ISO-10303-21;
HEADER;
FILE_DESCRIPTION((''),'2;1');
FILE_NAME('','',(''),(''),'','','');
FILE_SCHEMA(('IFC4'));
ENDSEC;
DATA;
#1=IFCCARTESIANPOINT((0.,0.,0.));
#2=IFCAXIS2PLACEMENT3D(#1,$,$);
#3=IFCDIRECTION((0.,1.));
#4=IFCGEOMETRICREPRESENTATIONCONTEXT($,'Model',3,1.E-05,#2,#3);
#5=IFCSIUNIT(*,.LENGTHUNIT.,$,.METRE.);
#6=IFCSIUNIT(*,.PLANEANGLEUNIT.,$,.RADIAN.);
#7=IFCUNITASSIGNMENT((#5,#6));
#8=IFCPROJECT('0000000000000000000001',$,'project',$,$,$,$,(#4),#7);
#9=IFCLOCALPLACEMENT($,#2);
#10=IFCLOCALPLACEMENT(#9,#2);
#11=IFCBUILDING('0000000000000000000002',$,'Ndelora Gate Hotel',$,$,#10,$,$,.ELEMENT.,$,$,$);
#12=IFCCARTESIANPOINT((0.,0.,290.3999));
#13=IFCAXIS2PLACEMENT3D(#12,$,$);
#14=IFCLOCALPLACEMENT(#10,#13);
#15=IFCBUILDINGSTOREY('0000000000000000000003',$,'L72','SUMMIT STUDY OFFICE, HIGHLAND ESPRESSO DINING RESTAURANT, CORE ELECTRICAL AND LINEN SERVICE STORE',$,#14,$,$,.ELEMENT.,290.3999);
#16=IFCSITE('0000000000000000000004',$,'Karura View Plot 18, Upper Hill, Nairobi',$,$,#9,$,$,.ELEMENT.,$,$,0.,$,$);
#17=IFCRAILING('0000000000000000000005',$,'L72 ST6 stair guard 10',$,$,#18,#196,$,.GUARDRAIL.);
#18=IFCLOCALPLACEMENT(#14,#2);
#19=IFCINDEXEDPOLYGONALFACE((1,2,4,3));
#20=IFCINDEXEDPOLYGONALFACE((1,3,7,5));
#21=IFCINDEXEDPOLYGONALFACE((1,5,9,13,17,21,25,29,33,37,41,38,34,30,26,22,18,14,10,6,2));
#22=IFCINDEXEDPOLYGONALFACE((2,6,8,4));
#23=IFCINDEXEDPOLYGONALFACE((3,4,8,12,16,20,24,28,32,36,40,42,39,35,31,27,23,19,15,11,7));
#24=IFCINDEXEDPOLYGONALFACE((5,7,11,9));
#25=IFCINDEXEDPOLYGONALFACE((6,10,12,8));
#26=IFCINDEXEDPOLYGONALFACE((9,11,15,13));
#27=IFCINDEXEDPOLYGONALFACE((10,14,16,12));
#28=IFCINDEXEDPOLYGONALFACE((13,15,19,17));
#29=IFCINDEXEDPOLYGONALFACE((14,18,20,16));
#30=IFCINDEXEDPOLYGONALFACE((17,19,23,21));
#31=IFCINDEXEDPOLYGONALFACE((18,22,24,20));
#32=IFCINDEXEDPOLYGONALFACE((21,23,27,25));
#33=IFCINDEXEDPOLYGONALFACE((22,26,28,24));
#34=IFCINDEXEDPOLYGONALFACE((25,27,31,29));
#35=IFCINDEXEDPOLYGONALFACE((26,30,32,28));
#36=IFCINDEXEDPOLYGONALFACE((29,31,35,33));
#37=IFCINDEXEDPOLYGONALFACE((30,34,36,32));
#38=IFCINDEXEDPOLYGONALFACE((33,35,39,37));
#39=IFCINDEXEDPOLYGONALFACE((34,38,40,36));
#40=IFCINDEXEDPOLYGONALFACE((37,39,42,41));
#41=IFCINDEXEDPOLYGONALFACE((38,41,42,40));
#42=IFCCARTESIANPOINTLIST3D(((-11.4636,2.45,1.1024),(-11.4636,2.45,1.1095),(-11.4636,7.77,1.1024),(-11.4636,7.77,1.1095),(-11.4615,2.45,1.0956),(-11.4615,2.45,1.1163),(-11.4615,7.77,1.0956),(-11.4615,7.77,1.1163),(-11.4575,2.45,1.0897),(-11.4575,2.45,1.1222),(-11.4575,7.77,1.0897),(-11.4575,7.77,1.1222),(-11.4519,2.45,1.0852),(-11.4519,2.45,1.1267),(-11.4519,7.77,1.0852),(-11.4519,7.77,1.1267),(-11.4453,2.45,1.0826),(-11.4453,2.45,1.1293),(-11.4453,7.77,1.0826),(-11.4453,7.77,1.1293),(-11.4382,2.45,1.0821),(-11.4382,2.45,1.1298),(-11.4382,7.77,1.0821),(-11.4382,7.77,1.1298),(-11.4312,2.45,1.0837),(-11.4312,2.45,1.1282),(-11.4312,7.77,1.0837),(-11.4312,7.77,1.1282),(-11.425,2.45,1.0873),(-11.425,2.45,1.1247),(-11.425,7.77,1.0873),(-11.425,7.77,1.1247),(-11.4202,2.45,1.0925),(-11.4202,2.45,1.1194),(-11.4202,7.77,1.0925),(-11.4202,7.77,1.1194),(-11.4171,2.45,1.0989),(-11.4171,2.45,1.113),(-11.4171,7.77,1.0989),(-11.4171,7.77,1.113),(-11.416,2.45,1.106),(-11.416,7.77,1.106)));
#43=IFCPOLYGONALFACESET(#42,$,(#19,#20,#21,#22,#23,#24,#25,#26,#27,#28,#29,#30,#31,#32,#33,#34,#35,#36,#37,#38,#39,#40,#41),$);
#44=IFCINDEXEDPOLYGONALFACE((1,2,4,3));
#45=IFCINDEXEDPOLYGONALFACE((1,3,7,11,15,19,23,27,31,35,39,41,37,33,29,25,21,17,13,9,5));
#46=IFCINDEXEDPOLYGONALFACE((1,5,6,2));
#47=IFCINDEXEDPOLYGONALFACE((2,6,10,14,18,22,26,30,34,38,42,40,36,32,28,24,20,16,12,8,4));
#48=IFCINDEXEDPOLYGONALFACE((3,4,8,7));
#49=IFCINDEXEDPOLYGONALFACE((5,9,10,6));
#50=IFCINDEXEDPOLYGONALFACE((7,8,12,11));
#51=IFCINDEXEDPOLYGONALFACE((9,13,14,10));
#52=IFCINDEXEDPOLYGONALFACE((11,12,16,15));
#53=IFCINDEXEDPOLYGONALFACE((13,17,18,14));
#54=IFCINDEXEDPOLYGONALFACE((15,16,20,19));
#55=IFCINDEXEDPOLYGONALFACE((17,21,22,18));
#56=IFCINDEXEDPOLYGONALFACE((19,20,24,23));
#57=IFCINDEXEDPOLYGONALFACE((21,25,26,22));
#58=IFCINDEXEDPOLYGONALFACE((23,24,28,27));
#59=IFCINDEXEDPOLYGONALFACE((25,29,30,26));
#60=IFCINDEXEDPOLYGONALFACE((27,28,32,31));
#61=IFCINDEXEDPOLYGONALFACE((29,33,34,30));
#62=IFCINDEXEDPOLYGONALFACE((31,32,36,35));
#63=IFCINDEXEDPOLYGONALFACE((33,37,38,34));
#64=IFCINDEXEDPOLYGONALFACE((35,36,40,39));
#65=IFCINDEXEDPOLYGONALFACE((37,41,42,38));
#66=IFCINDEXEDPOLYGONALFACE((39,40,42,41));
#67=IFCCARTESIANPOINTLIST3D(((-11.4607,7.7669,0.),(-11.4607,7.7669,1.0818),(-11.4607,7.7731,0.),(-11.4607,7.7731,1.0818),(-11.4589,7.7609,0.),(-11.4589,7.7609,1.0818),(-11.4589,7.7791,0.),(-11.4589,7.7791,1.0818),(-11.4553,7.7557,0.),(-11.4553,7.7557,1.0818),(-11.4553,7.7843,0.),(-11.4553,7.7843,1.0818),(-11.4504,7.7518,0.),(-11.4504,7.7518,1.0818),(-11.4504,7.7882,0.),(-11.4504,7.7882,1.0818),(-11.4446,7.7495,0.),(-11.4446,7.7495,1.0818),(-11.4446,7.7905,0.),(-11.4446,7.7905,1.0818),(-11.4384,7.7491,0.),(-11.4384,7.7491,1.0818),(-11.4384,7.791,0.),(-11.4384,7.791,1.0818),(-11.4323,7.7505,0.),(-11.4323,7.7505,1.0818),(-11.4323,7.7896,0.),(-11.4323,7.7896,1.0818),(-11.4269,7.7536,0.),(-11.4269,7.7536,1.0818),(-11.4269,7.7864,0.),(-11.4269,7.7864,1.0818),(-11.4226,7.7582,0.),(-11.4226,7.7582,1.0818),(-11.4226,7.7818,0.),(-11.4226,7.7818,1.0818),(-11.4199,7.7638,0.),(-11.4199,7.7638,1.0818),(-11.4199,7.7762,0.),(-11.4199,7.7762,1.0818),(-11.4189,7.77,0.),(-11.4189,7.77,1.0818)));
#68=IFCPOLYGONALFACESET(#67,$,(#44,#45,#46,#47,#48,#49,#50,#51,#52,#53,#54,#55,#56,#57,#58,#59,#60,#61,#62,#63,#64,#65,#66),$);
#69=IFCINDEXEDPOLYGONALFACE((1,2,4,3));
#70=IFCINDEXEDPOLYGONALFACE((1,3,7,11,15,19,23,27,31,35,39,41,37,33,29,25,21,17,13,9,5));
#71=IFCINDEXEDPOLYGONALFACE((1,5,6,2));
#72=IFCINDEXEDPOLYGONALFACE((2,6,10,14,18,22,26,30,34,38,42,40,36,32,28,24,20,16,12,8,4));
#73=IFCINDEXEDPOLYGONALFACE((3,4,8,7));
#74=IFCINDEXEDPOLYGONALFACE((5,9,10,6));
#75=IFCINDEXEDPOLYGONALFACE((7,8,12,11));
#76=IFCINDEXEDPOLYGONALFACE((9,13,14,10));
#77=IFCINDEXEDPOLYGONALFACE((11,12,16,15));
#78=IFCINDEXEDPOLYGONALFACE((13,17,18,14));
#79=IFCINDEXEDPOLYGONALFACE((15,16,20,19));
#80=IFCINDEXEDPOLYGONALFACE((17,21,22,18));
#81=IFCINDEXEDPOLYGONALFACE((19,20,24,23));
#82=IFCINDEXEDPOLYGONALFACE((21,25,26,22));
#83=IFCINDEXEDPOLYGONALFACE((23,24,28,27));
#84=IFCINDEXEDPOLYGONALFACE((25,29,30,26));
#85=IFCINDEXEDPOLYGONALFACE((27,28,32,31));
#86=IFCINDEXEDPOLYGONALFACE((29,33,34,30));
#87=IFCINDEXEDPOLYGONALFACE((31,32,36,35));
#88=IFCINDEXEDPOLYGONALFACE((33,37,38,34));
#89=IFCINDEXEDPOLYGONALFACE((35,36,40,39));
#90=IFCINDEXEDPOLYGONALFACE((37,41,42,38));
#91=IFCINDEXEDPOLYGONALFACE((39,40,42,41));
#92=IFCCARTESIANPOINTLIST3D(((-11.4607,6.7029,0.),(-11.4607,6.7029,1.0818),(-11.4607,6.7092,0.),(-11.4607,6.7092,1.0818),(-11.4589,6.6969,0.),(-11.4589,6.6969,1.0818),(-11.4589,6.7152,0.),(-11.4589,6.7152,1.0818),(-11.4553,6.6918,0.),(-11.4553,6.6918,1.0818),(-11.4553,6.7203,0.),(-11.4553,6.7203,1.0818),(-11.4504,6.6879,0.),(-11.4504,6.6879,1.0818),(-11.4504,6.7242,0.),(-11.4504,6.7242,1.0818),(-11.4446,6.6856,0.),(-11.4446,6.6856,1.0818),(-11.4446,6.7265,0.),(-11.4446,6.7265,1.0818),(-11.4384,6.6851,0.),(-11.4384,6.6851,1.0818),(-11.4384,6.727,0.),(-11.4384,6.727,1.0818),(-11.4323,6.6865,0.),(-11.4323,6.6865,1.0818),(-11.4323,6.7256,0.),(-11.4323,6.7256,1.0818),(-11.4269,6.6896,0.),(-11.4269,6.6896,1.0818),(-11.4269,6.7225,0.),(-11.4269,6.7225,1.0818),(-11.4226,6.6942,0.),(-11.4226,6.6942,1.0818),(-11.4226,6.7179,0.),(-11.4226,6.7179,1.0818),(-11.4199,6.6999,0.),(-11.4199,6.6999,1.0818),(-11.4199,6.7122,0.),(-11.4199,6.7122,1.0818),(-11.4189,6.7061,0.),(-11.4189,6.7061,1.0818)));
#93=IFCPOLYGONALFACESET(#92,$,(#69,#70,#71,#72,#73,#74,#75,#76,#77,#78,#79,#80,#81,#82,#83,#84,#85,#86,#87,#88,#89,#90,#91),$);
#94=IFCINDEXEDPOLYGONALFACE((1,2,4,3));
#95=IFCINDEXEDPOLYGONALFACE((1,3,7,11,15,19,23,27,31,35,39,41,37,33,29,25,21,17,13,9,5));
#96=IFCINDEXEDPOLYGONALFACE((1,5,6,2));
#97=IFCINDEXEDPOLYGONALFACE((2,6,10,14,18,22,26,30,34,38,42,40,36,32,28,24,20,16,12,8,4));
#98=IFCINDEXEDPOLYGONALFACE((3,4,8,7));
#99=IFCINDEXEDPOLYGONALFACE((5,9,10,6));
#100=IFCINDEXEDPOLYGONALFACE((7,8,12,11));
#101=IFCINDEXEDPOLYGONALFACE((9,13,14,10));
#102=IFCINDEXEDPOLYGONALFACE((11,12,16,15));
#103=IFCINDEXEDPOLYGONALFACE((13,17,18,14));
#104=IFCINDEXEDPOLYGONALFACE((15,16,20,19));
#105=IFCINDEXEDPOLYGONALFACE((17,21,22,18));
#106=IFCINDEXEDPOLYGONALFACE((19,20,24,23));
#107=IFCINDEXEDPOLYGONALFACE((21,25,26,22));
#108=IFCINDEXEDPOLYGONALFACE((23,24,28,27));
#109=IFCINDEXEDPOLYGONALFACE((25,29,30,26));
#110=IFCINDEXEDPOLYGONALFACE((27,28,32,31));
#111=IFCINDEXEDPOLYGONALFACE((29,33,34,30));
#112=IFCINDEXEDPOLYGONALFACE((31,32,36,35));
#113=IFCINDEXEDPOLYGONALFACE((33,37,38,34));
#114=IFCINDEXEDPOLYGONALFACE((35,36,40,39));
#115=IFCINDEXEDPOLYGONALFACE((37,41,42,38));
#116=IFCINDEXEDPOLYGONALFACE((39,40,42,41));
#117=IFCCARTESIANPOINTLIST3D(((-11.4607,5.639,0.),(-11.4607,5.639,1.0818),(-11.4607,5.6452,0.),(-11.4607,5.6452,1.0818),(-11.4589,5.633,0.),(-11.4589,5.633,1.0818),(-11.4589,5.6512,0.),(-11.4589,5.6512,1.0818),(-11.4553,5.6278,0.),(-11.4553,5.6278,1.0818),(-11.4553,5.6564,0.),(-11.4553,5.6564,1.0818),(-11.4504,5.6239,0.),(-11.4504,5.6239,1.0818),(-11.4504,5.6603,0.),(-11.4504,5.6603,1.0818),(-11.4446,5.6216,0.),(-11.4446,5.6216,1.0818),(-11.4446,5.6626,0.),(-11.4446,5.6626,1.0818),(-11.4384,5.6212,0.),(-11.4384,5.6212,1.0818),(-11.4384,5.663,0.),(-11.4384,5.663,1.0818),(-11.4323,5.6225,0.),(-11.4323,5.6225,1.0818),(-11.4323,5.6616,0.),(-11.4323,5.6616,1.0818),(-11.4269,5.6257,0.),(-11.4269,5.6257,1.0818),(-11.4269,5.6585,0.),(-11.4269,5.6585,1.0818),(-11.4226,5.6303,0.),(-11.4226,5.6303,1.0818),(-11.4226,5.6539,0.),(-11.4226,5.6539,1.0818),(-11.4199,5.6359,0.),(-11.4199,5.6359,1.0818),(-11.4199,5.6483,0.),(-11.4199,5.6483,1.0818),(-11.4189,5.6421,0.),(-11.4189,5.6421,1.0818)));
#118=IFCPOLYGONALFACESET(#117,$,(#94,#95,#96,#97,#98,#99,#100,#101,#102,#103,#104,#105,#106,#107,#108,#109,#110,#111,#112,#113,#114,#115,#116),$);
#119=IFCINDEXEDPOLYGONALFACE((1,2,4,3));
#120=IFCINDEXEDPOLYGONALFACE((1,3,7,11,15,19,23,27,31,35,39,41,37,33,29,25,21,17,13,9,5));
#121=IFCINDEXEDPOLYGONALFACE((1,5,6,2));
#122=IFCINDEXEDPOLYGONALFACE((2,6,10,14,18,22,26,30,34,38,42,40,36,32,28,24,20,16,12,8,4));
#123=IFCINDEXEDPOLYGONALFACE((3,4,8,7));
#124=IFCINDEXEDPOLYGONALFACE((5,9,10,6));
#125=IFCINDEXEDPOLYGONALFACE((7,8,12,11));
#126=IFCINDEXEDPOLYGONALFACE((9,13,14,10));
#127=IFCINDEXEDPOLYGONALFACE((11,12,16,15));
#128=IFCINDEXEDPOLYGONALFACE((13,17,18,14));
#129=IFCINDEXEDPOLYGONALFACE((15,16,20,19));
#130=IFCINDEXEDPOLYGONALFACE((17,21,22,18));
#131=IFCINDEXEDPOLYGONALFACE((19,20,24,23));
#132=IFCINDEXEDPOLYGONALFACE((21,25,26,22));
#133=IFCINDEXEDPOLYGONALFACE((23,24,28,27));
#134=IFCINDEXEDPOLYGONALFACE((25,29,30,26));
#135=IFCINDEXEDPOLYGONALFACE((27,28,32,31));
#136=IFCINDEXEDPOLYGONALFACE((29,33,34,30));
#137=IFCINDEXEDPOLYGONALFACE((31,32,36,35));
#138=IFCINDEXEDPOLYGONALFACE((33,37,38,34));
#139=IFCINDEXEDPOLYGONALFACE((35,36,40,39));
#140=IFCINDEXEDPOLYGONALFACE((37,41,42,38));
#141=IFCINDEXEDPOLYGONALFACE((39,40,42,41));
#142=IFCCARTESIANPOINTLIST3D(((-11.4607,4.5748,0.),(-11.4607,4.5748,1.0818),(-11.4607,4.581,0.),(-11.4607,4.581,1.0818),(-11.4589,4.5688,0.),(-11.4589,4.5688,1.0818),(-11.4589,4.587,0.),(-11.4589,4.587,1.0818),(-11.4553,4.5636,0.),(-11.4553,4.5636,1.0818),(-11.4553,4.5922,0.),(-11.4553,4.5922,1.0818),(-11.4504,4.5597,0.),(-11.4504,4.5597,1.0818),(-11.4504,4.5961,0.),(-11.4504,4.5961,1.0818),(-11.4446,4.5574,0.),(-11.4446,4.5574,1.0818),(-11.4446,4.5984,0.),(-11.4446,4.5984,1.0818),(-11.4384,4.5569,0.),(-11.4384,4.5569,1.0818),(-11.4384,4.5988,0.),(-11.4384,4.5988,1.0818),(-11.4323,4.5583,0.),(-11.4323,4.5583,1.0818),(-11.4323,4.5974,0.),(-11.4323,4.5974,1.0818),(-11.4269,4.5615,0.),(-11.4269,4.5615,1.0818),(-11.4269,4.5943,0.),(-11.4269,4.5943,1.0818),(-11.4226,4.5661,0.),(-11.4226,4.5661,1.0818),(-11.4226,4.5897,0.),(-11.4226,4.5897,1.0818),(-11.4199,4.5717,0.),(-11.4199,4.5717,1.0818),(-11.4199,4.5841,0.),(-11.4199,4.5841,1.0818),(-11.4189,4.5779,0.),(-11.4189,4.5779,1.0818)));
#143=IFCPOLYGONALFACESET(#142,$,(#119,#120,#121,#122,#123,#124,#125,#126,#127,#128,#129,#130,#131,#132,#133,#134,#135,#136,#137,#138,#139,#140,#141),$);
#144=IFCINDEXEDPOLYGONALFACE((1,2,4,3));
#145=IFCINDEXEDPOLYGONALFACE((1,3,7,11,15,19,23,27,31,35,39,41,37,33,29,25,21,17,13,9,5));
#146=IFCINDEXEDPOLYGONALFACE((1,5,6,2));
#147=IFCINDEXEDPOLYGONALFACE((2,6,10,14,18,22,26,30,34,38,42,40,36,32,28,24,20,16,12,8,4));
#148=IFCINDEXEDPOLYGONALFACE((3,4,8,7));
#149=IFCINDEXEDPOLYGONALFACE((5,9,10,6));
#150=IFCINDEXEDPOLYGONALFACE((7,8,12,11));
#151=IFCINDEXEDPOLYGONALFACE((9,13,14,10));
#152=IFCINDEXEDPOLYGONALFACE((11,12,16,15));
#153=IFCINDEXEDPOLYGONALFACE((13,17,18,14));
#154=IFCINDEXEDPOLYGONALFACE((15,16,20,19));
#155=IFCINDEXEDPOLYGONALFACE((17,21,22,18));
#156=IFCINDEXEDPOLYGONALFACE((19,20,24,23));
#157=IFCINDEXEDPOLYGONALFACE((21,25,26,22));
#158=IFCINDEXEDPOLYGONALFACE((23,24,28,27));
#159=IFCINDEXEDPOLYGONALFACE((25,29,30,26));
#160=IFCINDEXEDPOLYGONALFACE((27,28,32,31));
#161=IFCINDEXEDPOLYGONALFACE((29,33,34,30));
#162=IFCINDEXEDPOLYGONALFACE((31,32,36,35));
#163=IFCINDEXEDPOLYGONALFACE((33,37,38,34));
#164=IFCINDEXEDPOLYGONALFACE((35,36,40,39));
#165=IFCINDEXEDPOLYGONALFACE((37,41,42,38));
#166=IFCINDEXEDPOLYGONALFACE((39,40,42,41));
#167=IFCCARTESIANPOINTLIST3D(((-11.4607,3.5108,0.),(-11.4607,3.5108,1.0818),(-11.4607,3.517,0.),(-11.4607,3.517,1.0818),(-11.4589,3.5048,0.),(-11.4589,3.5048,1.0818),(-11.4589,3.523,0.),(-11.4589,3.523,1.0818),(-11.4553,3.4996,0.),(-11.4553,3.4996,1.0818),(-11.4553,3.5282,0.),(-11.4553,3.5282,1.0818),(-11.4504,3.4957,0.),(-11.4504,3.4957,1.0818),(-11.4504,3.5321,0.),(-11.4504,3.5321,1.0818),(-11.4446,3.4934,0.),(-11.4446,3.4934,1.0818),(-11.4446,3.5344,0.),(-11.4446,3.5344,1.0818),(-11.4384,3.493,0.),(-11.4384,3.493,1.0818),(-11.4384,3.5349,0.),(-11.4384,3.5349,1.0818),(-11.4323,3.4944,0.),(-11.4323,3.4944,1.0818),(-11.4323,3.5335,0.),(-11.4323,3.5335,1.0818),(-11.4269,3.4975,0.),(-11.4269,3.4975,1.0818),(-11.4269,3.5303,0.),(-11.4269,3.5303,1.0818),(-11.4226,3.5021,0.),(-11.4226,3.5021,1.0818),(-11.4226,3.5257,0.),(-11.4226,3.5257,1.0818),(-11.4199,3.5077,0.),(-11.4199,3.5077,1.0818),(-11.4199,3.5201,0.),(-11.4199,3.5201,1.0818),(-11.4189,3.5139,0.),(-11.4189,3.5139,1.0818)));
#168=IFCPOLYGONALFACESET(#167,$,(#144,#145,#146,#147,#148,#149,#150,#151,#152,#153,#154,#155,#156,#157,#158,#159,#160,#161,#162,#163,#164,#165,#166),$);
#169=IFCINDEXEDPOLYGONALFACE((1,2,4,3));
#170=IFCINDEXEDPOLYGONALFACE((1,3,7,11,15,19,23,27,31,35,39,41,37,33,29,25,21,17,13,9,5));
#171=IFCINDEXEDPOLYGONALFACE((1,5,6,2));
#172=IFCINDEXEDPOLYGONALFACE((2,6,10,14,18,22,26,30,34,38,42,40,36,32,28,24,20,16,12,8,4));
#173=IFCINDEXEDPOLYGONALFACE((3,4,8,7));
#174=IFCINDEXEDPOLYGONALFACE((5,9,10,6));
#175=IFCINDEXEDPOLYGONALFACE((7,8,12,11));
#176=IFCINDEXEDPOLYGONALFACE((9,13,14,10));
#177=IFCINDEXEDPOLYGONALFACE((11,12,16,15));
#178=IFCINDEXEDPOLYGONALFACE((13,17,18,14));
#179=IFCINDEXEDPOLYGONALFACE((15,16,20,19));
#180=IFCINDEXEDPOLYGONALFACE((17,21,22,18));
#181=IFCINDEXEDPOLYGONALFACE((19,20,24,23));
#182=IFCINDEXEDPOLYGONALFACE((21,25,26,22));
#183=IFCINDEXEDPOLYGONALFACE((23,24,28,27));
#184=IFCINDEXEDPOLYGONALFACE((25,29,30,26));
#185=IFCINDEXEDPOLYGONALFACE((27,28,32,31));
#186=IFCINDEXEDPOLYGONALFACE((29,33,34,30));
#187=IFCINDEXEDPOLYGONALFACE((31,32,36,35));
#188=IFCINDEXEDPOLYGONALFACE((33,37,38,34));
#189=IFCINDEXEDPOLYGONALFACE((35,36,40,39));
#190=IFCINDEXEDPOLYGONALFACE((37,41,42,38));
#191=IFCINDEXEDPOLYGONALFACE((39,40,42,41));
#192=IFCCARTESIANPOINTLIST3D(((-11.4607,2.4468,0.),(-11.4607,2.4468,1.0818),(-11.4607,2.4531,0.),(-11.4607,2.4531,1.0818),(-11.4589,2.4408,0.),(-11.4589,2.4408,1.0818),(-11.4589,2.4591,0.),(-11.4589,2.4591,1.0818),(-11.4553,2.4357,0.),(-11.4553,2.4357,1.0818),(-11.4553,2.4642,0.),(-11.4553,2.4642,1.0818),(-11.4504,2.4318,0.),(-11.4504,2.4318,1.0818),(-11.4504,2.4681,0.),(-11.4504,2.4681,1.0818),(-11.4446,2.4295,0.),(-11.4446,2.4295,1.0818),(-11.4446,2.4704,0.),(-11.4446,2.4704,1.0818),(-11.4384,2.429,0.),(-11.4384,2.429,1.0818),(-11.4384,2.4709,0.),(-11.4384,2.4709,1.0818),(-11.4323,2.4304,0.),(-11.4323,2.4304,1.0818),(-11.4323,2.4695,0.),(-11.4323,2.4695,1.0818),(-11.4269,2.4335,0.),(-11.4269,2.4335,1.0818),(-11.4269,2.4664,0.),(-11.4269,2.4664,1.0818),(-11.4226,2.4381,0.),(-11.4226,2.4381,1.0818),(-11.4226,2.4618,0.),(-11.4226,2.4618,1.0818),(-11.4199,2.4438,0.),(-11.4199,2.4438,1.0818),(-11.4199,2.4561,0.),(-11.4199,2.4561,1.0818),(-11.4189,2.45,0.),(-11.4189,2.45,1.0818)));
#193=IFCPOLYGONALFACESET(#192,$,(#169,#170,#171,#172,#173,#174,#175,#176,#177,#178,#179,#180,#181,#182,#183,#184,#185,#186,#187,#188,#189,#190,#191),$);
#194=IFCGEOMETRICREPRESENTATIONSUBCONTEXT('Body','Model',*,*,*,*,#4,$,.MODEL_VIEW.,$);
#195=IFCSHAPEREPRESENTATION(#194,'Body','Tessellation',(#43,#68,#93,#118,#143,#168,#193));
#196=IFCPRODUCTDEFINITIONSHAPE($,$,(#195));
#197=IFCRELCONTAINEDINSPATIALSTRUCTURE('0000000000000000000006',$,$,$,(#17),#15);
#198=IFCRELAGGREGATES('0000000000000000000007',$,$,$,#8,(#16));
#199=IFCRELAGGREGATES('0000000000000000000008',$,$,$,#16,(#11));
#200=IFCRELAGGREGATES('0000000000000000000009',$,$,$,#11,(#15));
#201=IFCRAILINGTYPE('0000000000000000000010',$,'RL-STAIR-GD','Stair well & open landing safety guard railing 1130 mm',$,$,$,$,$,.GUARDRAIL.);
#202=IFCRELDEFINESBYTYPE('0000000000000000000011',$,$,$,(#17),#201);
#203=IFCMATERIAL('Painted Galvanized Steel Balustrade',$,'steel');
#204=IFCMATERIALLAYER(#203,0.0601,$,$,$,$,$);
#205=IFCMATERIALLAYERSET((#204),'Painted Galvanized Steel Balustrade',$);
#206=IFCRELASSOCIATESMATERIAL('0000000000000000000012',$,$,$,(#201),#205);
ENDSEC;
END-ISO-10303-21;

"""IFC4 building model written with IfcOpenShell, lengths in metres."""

from ifc_helpers import new_model, si_unit, direction, frame, origin, origin_2d, place, context, subcontext, project, spatial, circle, extrude, material, layer, layer_set, type_object, element, save


model = new_model("IFC4")

# Units and contexts
model_context = context("Model", 3, precision=1e-05, world=origin(), true_north=direction((0.0, 1.0)))
body_context = subcontext(model_context, "Body", "Model", "MODEL_VIEW")
ifc_project = project(units=[si_unit("LENGTHUNIT", "METRE"), si_unit("PLANEANGLEUNIT", "RADIAN")], contexts=[model_context])

# Site, building, storey
site_placement = place(None, origin())
site = spatial("IfcSite", under=ifc_project, at=site_placement, Name="Karura View Plot 18, Upper Hill, Nairobi", CompositionType="ELEMENT", RefElevation=0.0)
building_placement = place(site_placement, origin())
building = spatial("IfcBuilding", under=site, at=building_placement, Name="Ndelora Gate Hotel", CompositionType="ELEMENT")
storey_placement = place(building_placement, frame((0.0, 0.0, 290.3999)))
storey = spatial("IfcBuildingStorey", under=building, at=storey_placement, Name="L72", Description="SUMMIT STUDY OFFICE, HIGHLAND ESPRESSO DINING RESTAURANT, CORE ELECTRICAL AND LINEN SERVICE STORE", CompositionType="ELEMENT", Elevation=290.3999)

# Railing
ifc_material_1 = material(Name="Painted Galvanized Steel Balustrade", Category="steel")
ifc_layer_1 = layer(ifc_material_1, 0.0601)
ifc_layer_set_1 = layer_set([ifc_layer_1], Name="Painted Galvanized Steel Balustrade")
railing_type_1 = type_object("IfcRailingType", Name="RL-STAIR-GD", Description="Stair well & open landing safety guard railing 1130 mm", PredefinedType="GUARDRAIL", material=ifc_layer_set_1)
for number, where, name in (
    (1, (-11.4399, 7.77, 0.0), "L72 ST6 stair guard 10"),
):
    element("IfcRailing", number, at=place(storey_placement, frame(where)), inside=storey, type_object=railing_type_1, Name=name, PredefinedType="GUARDRAIL", context=body_context, shape_type="SweptSolid", body=[
        extrude(circle(Radius=0.0239, at=origin_2d()), frame((0.0, 0.0, 1.106), z_axis=(0.0, -1.0, 0.0), x_axis=(1.0, 0.0, 0.0)), (0.0, 0.0, 1.0), 5.3201),
        extrude(circle(Radius=0.021, at=origin_2d()), origin(), (0.0, 0.0, 1.0), 1.0818),
        extrude(circle(Radius=0.021, at=origin_2d()), frame((0.0, -1.064, 0.0)), (0.0, 0.0, 1.0), 1.0818),
        extrude(circle(Radius=0.021, at=origin_2d()), frame((0.0, -2.1279, 0.0)), (0.0, 0.0, 1.0), 1.0818),
        extrude(circle(Radius=0.021, at=origin_2d()), frame((0.0, -3.1921, 0.0)), (0.0, 0.0, 1.0), 1.0818),
        extrude(circle(Radius=0.021, at=origin_2d()), frame((0.0, -4.2561, 0.0)), (0.0, 0.0, 1.0), 1.0818),
        extrude(circle(Radius=0.021, at=origin_2d()), frame((0.0, -5.3201, 0.0)), (0.0, 0.0, 1.0), 1.0818),
    ])

save(model, "model.ifc")
